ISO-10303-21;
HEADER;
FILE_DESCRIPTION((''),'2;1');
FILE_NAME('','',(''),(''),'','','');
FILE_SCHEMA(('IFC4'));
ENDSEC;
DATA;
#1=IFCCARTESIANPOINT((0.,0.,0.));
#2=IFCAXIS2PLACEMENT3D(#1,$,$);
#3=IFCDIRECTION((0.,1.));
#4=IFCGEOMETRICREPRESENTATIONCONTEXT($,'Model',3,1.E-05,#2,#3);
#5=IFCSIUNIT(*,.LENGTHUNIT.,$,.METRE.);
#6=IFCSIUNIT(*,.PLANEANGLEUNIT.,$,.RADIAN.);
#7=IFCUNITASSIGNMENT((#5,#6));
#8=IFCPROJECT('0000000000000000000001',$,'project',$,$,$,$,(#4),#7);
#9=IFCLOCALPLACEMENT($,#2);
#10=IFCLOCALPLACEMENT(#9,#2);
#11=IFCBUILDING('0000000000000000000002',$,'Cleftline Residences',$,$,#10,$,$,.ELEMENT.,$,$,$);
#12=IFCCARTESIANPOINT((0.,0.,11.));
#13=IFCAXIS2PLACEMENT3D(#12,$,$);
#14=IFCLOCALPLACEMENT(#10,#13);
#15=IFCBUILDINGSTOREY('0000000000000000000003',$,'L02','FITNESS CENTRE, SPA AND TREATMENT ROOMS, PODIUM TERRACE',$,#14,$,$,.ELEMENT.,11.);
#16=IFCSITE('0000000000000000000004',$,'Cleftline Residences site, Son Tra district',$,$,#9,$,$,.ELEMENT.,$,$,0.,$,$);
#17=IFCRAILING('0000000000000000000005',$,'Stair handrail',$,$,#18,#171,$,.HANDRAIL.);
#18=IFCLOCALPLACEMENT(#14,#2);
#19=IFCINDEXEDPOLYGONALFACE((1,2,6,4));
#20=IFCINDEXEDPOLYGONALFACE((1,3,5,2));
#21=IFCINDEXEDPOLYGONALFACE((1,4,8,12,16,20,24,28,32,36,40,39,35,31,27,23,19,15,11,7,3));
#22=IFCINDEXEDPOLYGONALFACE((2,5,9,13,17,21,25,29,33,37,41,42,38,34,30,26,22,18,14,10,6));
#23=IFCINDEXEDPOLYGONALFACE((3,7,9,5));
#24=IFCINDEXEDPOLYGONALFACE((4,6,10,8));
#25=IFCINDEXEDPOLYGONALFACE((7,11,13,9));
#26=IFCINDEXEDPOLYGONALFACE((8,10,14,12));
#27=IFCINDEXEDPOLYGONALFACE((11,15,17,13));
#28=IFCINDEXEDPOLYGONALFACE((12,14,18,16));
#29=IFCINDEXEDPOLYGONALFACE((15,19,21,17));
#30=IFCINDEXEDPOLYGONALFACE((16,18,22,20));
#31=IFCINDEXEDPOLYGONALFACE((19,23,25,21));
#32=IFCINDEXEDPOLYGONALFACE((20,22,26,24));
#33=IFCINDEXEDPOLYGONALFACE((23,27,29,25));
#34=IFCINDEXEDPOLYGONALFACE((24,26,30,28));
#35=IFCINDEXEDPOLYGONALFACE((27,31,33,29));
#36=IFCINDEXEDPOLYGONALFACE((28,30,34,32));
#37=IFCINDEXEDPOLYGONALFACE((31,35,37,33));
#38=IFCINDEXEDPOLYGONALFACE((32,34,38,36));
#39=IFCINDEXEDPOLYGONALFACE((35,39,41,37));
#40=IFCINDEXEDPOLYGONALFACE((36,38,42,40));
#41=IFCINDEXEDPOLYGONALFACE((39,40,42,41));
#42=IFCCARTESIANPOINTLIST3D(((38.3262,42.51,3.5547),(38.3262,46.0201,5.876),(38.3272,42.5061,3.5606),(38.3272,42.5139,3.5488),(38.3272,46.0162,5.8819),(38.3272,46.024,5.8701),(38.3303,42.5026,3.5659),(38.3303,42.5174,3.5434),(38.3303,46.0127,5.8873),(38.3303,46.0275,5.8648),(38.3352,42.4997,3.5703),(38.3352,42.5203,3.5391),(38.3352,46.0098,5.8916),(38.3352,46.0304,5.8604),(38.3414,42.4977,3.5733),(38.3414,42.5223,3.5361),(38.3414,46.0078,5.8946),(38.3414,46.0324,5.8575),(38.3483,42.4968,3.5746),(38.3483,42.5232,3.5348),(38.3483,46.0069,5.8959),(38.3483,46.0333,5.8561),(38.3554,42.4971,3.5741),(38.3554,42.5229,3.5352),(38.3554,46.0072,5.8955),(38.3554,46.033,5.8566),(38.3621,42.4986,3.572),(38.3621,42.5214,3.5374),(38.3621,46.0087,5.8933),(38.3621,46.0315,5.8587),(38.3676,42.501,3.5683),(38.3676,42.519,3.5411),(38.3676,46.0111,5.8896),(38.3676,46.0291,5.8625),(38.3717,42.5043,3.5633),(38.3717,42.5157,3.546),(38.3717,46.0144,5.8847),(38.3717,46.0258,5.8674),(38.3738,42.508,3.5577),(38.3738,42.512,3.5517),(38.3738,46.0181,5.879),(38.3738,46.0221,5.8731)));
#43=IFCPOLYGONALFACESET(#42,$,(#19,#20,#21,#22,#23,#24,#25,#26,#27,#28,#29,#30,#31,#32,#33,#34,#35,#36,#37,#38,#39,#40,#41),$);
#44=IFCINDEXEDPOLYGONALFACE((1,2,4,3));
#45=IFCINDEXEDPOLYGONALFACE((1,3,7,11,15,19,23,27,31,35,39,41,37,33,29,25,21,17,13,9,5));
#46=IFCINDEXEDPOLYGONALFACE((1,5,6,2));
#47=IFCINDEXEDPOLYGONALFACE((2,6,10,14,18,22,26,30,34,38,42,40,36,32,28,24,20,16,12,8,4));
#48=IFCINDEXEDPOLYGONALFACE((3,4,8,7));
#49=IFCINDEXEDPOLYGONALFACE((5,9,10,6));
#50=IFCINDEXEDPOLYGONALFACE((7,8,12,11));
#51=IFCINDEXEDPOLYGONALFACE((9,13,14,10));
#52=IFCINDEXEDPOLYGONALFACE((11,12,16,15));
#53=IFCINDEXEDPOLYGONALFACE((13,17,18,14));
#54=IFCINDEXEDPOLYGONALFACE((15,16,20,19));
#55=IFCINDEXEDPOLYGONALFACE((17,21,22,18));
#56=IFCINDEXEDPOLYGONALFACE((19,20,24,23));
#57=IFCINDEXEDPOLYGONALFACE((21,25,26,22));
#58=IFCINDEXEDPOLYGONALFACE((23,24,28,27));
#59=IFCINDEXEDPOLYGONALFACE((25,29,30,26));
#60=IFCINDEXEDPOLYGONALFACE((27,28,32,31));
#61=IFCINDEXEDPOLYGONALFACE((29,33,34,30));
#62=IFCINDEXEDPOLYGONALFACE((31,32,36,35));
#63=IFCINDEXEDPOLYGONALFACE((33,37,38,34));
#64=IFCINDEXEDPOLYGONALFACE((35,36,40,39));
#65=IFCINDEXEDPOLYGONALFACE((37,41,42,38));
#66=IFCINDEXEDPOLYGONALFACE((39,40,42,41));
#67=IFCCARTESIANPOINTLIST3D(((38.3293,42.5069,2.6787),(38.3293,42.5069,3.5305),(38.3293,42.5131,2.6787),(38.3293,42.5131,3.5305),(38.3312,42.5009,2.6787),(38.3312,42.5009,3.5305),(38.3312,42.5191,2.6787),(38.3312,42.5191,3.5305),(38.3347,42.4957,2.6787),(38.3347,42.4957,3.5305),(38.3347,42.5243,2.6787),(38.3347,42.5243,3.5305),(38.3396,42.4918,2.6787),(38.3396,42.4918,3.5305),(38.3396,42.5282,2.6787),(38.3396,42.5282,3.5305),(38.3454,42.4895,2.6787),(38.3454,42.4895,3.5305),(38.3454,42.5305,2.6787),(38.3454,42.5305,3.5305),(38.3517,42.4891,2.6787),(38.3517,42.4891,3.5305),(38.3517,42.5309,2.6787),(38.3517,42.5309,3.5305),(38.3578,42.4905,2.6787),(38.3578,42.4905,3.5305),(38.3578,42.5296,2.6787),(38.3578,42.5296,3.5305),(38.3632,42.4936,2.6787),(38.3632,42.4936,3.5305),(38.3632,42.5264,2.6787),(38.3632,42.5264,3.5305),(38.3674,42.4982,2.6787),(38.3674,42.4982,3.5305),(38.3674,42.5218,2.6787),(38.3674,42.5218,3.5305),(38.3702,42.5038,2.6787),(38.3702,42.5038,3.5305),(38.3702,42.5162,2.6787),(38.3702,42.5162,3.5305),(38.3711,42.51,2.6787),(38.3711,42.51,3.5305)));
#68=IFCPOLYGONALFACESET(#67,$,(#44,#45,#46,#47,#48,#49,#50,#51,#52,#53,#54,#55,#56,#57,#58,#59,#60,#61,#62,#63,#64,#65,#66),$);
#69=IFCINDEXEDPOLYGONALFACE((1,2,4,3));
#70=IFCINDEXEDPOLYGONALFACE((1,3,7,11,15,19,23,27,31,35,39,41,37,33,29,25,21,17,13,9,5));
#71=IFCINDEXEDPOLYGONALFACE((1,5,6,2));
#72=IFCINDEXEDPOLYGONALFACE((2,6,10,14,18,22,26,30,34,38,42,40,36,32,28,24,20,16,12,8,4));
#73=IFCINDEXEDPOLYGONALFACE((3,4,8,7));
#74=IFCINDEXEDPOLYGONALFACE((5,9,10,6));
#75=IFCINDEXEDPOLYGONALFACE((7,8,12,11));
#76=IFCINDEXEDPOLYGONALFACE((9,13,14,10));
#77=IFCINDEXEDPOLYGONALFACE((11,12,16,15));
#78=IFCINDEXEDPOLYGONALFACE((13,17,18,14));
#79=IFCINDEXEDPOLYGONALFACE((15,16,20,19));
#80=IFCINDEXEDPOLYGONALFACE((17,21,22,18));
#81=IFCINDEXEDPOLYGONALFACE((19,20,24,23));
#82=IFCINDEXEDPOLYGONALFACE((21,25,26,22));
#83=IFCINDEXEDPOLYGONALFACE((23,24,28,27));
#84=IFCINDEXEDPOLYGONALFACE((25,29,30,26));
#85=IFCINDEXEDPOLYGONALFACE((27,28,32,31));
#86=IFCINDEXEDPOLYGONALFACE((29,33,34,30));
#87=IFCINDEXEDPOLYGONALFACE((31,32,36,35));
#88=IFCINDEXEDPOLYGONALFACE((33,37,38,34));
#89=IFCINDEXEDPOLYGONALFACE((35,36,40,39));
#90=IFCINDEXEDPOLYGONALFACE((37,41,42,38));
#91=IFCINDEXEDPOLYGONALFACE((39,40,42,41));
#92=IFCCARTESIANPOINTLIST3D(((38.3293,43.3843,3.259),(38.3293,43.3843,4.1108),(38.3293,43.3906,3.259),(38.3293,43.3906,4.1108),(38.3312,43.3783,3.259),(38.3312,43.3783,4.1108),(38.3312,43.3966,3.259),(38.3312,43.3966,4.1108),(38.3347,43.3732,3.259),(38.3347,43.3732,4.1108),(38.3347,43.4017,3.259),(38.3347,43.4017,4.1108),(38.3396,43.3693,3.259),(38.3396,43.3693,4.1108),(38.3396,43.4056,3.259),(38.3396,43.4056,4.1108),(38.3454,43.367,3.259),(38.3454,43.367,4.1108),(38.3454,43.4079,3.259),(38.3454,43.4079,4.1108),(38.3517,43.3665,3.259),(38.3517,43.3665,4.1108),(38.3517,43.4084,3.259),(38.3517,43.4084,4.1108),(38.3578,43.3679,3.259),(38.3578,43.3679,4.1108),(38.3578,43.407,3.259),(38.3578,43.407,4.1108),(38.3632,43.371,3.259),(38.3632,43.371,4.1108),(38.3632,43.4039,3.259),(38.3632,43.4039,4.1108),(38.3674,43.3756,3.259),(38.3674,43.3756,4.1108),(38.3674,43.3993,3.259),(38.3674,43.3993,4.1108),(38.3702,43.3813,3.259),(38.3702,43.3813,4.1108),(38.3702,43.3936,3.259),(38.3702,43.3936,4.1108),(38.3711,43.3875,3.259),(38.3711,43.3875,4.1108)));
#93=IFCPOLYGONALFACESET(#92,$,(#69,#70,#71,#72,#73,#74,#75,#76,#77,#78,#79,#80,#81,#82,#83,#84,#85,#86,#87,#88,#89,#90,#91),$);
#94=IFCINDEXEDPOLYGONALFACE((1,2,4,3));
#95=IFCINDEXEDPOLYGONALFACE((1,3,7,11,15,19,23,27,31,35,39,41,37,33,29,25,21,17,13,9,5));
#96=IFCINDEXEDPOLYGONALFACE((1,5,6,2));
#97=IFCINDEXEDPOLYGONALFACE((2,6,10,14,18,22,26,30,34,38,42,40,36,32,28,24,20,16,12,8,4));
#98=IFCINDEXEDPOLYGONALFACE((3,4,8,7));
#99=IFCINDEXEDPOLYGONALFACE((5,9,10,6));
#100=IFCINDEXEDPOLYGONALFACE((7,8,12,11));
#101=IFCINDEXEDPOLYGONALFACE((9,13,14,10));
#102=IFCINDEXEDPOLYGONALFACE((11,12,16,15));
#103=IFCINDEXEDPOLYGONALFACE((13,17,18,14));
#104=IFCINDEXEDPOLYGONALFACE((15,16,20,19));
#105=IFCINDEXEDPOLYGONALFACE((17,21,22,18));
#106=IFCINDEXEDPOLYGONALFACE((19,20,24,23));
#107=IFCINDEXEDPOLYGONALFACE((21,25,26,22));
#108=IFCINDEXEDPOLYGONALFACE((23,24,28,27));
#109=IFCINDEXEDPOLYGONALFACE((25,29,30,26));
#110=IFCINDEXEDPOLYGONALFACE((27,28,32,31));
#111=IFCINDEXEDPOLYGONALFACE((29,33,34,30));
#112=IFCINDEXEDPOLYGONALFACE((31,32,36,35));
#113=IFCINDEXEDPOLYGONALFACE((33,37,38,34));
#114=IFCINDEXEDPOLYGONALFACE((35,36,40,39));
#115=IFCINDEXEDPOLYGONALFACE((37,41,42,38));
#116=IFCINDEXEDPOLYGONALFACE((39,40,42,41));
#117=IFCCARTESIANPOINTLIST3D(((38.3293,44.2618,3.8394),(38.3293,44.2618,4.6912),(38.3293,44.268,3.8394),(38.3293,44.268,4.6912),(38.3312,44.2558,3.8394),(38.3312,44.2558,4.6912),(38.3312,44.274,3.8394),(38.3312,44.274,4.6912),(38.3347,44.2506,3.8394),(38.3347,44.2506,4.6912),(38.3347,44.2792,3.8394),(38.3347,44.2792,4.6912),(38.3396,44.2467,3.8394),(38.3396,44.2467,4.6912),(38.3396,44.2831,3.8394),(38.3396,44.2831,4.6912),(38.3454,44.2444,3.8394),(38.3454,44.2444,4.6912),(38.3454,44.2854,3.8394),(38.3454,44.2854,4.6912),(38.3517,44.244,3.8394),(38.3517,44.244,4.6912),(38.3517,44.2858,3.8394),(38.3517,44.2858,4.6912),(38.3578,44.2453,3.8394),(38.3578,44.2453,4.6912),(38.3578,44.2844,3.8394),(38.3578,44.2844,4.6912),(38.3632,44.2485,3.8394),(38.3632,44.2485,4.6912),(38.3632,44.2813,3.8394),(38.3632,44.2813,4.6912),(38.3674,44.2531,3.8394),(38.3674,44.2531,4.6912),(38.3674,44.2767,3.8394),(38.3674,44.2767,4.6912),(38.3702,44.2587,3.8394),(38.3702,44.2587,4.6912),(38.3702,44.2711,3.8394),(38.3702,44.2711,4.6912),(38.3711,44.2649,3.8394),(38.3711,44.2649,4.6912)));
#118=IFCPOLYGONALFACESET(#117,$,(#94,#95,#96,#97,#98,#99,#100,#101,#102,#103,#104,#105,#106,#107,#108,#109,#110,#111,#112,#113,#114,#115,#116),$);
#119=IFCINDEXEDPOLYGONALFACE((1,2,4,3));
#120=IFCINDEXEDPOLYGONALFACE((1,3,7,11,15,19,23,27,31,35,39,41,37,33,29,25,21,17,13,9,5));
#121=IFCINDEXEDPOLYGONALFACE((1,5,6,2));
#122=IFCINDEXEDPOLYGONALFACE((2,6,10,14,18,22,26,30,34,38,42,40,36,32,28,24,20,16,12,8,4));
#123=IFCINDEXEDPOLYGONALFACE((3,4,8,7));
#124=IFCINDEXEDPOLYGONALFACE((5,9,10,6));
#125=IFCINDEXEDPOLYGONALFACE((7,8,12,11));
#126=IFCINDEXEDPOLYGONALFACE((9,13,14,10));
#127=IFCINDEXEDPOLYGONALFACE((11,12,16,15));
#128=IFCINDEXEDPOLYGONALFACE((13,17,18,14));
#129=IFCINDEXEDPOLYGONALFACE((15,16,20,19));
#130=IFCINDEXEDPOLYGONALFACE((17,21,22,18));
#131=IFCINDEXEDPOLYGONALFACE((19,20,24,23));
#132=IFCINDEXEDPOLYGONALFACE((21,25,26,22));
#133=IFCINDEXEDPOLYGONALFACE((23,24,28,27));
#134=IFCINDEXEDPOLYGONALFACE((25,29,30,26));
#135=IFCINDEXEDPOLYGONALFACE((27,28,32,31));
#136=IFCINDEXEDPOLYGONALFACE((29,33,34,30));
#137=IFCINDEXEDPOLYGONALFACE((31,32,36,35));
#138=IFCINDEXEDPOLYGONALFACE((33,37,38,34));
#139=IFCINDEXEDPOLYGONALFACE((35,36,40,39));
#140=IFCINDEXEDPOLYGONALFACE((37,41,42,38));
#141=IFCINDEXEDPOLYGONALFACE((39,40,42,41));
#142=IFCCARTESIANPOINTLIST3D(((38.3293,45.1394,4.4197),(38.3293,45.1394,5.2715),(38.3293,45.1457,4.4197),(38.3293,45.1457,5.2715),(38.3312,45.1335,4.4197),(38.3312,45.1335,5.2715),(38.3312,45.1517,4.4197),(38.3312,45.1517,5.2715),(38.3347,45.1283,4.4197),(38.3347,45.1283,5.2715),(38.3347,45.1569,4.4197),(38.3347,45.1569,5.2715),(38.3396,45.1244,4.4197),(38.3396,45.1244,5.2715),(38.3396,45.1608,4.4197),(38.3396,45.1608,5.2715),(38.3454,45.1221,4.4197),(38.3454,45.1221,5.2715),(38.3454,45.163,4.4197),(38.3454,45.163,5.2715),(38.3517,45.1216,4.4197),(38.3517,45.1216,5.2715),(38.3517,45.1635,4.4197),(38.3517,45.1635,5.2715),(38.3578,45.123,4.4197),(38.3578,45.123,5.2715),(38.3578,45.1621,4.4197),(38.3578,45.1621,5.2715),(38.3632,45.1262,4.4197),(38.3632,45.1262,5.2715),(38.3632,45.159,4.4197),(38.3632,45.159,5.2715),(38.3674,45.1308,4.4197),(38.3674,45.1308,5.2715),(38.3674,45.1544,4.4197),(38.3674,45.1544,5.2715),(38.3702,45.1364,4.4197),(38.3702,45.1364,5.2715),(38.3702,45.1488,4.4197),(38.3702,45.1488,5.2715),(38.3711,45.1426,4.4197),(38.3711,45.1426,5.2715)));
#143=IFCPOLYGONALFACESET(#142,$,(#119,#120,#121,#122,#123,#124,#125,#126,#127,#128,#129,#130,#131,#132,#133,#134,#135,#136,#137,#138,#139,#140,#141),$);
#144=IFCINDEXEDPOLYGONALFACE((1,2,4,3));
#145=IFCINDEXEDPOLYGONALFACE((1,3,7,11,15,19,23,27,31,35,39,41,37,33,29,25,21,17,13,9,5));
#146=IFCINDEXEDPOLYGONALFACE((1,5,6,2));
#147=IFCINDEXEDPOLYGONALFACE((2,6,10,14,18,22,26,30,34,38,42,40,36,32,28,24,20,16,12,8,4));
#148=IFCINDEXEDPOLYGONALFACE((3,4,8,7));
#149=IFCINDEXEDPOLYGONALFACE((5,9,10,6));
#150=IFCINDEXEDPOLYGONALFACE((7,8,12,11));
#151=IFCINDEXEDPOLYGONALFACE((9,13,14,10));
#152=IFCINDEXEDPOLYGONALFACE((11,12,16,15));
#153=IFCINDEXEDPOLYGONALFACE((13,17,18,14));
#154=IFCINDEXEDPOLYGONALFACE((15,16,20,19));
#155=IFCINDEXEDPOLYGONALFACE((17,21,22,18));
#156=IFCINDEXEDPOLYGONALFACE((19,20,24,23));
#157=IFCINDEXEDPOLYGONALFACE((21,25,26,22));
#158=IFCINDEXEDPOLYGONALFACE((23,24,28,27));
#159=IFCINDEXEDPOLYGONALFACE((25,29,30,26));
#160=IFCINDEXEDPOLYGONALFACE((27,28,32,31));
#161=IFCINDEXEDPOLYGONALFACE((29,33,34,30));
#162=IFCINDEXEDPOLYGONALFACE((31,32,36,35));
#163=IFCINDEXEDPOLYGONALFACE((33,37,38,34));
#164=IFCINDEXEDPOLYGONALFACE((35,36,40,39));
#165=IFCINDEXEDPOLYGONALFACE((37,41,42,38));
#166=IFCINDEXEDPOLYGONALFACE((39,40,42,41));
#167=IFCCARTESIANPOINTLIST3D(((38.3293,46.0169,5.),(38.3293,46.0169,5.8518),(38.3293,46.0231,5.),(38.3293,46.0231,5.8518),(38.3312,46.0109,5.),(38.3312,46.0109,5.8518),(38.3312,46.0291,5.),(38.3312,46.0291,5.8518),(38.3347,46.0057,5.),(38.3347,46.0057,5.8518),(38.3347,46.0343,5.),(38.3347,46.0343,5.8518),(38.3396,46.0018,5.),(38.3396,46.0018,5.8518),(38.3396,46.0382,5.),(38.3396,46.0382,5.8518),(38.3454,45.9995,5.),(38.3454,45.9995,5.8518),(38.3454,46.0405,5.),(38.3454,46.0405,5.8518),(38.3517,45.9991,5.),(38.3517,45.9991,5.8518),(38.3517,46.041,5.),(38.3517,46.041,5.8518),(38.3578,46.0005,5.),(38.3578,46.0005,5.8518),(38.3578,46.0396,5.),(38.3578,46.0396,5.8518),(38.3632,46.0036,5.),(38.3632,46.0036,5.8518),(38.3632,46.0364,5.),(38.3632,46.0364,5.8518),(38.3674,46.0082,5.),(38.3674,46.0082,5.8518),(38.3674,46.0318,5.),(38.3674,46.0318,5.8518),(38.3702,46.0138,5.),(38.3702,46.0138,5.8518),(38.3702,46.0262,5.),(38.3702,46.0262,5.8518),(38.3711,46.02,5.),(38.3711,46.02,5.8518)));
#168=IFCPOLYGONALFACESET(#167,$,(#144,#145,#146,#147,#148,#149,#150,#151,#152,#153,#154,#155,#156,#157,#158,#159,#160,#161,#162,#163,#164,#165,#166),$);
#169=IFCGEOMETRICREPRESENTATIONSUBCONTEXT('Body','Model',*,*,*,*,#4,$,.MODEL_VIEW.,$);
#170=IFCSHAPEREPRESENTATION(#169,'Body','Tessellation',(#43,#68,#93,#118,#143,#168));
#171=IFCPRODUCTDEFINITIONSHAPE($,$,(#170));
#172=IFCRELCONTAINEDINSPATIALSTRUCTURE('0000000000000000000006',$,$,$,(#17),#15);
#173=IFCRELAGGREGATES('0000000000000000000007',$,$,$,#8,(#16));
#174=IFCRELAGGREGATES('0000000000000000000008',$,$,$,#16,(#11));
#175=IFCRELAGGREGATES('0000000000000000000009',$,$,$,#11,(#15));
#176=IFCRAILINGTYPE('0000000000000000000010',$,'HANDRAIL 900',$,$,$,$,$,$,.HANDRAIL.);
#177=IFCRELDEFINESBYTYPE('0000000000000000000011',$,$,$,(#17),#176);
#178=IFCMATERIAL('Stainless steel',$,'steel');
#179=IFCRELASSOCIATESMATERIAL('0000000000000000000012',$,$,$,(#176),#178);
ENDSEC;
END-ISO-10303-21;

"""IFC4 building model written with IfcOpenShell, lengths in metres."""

from ifc_helpers import new_model, si_unit, direction, frame, origin, origin_2d, place, context, subcontext, project, spatial, circle, extrude, material, type_object, element, save


model = new_model("IFC4")

# Units and contexts
model_context = context("Model", 3, precision=1e-05, world=origin(), true_north=direction((0.0, 1.0)))
body_context = subcontext(model_context, "Body", "Model", "MODEL_VIEW")
ifc_project = project(units=[si_unit("LENGTHUNIT", "METRE"), si_unit("PLANEANGLEUNIT", "RADIAN")], contexts=[model_context])

# Site, building, storey
site_placement = place(None, origin())
site = spatial("IfcSite", under=ifc_project, at=site_placement, Name="Cleftline Residences site, Son Tra district", CompositionType="ELEMENT", RefElevation=0.0)
building_placement = place(site_placement, origin())
building = spatial("IfcBuilding", under=site, at=building_placement, Name="Cleftline Residences", CompositionType="ELEMENT")
storey_placement = place(building_placement, frame((0.0, 0.0, 11.0)))
storey = spatial("IfcBuildingStorey", under=building, at=storey_placement, Name="L02", Description="FITNESS CENTRE, SPA AND TREATMENT ROOMS, PODIUM TERRACE", CompositionType="ELEMENT", Elevation=11.0)

# Railing
ifc_material_1 = material(Name="Stainless steel", Category="steel")
railing_type = type_object("IfcRailingType", Name="HANDRAIL 900", PredefinedType="HANDRAIL", material=ifc_material_1)
railing_placement = place(storey_placement, frame((38.3501, 42.51, 2.6787)))
element("IfcRailing", 1, at=railing_placement, inside=storey, type_object=railing_type, Name="Stair handrail", PredefinedType="HANDRAIL", context=body_context, shape_type="SweptSolid", body=[
    extrude(circle(Radius=0.0239, at=origin_2d()), frame((0.0, 0.0, 0.876), z_axis=(0.0, 0.834097, 0.551617), x_axis=(-1.0, 0.0, 0.0)), (0.0, 0.0, 1.0), 4.2083),
    extrude(circle(Radius=0.021, at=origin_2d()), origin(), (0.0, 0.0, 1.0), 0.8518),
    extrude(circle(Radius=0.021, at=origin_2d()), frame((0.0, 0.8774, 0.5803)), (0.0, 0.0, 1.0), 0.8518),
    extrude(circle(Radius=0.021, at=origin_2d()), frame((0.0, 1.7549, 1.1606)), (0.0, 0.0, 1.0), 0.8518),
    extrude(circle(Radius=0.021, at=origin_2d()), frame((0.0, 2.6326, 1.741)), (0.0, 0.0, 1.0), 0.8518),
    extrude(circle(Radius=0.021, at=origin_2d()), frame((0.0, 3.51, 2.3213)), (0.0, 0.0, 1.0), 0.8518),
])

save(model, "model.ifc")
